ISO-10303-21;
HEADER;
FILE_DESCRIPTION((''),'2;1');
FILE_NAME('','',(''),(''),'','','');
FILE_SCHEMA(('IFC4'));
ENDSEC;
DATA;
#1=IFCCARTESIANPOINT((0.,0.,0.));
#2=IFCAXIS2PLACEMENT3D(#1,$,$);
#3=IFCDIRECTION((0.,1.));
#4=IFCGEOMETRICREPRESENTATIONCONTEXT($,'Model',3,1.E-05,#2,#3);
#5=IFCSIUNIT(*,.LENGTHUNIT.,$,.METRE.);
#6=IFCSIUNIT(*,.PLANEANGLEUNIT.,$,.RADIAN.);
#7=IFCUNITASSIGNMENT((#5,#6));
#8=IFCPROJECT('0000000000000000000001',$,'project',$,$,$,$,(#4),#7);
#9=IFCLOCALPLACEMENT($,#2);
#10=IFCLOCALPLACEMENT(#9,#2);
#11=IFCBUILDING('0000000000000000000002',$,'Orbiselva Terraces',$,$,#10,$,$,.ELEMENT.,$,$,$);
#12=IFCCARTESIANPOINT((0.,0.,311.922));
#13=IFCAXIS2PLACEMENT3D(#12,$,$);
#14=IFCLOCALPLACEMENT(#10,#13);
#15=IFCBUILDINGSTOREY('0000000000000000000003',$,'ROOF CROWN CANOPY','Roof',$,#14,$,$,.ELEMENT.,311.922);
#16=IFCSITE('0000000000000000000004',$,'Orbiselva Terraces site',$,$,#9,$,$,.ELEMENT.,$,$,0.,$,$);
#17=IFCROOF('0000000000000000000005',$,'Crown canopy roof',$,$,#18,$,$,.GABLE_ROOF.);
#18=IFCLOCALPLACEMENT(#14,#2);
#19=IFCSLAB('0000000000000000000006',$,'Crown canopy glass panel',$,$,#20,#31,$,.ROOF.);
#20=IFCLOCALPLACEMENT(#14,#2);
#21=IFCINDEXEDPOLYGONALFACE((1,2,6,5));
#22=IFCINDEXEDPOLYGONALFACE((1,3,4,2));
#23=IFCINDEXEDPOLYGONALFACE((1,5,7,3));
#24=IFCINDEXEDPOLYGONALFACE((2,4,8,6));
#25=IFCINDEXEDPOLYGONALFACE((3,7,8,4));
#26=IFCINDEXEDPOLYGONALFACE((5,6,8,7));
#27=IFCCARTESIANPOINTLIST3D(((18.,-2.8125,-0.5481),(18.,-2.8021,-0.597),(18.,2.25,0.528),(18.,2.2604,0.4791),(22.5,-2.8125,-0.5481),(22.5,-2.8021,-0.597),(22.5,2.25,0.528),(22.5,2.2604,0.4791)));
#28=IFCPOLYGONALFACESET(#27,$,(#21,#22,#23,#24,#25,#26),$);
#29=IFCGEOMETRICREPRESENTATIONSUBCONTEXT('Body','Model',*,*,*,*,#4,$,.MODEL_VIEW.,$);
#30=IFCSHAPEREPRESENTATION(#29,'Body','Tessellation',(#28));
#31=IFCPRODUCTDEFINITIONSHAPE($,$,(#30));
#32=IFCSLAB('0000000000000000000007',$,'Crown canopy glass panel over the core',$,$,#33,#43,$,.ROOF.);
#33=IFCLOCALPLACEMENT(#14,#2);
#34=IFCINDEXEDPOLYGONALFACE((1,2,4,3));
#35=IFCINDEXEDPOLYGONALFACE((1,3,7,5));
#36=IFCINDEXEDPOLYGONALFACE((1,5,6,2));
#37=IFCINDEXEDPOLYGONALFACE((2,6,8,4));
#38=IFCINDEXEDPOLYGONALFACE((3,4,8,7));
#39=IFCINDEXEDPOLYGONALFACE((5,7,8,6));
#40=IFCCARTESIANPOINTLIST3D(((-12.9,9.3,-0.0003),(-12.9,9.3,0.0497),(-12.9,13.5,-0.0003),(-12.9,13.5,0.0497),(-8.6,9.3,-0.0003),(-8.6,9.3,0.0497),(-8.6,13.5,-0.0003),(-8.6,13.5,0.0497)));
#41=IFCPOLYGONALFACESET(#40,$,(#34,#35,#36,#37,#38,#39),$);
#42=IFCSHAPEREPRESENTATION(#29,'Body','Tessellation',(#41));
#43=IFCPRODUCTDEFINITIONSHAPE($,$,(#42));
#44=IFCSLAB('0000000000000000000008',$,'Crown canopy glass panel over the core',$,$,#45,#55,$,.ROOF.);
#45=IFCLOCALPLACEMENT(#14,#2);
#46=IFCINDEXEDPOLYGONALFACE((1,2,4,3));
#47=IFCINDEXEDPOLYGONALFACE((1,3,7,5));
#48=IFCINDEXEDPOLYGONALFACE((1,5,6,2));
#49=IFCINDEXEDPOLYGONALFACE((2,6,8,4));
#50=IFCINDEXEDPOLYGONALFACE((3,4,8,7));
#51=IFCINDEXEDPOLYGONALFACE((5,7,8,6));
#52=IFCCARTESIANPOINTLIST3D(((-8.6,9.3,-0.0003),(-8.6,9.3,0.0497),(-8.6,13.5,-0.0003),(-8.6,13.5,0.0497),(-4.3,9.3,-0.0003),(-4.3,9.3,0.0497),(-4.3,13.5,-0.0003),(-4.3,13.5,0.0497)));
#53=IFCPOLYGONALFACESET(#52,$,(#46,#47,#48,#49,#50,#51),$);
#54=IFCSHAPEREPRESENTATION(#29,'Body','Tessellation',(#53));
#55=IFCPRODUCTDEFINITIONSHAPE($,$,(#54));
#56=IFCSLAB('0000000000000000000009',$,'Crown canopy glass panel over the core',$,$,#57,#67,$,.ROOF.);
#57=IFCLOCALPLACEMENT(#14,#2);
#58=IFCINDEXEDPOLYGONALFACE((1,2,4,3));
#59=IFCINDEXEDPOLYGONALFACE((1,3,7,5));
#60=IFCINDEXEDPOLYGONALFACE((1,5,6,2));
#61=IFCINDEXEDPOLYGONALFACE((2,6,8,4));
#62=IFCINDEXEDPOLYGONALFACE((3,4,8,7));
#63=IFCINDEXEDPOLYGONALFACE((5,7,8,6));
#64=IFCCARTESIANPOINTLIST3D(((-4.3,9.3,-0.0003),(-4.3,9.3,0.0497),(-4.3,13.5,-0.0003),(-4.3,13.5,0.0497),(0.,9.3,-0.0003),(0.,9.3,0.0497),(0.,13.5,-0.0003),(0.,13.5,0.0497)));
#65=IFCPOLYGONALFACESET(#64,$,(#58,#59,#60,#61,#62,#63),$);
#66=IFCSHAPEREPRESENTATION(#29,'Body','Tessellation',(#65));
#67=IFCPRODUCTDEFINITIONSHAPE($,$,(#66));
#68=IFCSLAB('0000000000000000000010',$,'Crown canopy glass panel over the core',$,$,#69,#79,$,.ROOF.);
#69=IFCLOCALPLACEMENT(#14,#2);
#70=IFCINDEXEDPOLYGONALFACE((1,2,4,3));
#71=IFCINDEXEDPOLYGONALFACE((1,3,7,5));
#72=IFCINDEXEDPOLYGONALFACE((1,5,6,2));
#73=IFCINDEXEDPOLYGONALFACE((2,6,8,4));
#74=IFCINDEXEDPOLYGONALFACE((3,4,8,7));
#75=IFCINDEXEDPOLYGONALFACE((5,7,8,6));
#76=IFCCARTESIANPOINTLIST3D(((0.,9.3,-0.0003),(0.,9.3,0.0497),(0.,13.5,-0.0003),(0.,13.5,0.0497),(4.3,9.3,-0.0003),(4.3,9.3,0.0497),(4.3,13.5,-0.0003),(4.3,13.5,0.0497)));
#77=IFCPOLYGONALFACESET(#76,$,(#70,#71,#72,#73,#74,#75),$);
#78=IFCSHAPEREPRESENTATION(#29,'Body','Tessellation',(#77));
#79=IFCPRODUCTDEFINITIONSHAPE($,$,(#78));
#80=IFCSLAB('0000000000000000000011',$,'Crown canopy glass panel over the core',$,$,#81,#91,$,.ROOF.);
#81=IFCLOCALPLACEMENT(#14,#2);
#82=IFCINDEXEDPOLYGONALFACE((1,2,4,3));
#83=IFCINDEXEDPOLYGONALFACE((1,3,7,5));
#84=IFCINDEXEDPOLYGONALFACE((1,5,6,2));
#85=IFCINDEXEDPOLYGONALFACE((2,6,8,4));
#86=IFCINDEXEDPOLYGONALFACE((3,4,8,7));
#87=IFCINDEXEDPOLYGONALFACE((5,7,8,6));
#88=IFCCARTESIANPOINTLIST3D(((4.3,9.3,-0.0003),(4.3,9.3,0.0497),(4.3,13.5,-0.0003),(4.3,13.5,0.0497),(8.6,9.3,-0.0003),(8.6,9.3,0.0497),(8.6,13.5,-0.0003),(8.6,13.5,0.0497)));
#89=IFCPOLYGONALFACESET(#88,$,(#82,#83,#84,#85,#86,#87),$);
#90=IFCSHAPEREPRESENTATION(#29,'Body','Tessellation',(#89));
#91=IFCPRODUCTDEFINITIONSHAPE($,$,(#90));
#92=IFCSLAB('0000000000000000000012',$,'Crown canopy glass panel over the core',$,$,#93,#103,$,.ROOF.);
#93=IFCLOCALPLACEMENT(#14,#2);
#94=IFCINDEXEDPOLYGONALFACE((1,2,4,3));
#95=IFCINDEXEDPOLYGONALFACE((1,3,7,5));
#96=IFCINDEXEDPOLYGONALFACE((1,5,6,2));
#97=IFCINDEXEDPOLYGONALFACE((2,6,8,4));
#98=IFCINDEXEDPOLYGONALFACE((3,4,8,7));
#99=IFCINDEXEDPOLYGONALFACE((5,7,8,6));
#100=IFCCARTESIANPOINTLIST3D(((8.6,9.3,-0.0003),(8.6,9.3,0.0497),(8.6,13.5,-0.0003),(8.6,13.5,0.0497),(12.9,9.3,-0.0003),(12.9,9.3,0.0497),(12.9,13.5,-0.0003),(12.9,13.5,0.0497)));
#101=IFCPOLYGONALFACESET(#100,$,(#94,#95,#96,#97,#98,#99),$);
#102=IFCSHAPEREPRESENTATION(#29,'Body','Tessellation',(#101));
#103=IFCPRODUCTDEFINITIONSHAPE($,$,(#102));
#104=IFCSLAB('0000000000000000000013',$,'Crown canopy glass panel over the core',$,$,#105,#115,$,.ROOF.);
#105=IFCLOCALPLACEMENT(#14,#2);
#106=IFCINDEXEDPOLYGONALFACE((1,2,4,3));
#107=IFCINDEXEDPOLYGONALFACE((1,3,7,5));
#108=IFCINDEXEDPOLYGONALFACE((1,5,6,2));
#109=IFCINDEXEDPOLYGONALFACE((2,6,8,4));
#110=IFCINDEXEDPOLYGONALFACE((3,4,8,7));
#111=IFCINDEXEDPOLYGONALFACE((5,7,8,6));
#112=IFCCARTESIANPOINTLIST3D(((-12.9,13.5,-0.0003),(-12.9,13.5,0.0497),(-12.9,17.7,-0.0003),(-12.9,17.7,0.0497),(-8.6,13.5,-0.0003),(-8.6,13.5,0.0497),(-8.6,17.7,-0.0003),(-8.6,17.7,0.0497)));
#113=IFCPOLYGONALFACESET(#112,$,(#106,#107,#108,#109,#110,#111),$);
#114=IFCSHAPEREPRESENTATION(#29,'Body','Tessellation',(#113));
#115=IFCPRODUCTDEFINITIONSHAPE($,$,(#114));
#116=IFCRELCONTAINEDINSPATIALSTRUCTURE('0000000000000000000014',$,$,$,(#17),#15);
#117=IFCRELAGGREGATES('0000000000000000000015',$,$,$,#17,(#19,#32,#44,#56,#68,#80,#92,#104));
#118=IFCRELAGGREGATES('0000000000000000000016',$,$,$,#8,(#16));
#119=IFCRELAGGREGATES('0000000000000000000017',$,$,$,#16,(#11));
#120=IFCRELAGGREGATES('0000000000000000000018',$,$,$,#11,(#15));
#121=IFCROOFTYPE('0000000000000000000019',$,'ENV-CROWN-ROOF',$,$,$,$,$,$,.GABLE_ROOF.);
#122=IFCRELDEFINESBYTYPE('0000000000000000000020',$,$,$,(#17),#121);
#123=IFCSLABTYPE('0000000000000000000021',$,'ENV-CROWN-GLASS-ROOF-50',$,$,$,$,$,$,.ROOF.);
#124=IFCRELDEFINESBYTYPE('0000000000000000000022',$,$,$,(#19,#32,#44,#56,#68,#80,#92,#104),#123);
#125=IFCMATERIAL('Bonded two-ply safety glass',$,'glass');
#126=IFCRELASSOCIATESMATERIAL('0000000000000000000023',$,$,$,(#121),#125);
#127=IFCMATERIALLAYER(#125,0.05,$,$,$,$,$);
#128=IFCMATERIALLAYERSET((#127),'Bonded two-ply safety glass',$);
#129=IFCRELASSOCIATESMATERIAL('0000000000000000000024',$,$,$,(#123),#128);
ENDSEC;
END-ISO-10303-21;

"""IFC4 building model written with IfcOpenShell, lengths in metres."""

from ifc_helpers import new_model, si_unit, direction, frame, origin, place, context, subcontext, project, spatial, polyline, outline, extrude, material, layer, layer_set, type_object, element, aggregate, save


model = new_model("IFC4")

# Units and contexts
model_context = context("Model", 3, precision=1e-05, world=origin(), true_north=direction((0.0, 1.0)))
body_context = subcontext(model_context, "Body", "Model", "MODEL_VIEW")
ifc_project = project(units=[si_unit("LENGTHUNIT", "METRE"), si_unit("PLANEANGLEUNIT", "RADIAN")], contexts=[model_context])

# Site, building, storey
site_placement = place(None, origin())
site = spatial("IfcSite", under=ifc_project, at=site_placement, Name="Orbiselva Terraces site", CompositionType="ELEMENT", RefElevation=0.0)
building_placement = place(site_placement, origin())
building = spatial("IfcBuilding", under=site, at=building_placement, Name="Orbiselva Terraces", CompositionType="ELEMENT")
storey_placement = place(building_placement, frame((0.0, 0.0, 311.922)))
storey = spatial("IfcBuildingStorey", under=building, at=storey_placement, Name="ROOF CROWN CANOPY", Description="Roof", CompositionType="ELEMENT", Elevation=311.922)

# Roof, slabs
ifc_material = material(Name="Bonded two-ply safety glass", Category="glass")
roof_type = type_object("IfcRoofType", Name="ENV-CROWN-ROOF", PredefinedType="GABLE_ROOF", material=ifc_material)
roof_placement = place(storey_placement, origin())
roof = element("IfcRoof", 1, at=roof_placement, inside=storey, type_object=roof_type, Name="Crown canopy roof", PredefinedType="GABLE_ROOF")
ifc_layer = layer(ifc_material, 0.05)
ifc_layer_set = layer_set([ifc_layer], Name="Bonded two-ply safety glass")
slab_type = type_object("IfcSlabType", Name="ENV-CROWN-GLASS-ROOF-50", PredefinedType="ROOF", material=ifc_layer_set)
slab_1_placement = place(storey_placement, frame((18.0, -2.8125, -0.5481), z_axis=(0.0, -0.207912, 0.978148), x_axis=(1.0, 0.0, 0.0)))
slab_1 = element("IfcSlab", 2, at=slab_1_placement, type_object=slab_type, Name="Crown canopy glass panel", PredefinedType="ROOF", context=body_context, shape_type="SweptSolid", body=[
    extrude(outline(polyline([(0.0, 0.0), (4.5, 0.0), (4.5, 5.1756), (0.0, 5.1756), (0.0, 0.0)])), origin(), (0.0, 0.0, -1.0), 0.05),
])
slab_2_placement = place(storey_placement, frame((0.0, 0.0, -0.0003)))
slab_2 = element("IfcSlab", 3, at=slab_2_placement, type_object=slab_type, Name="Crown canopy glass panel over the core", PredefinedType="ROOF", context=body_context, shape_type="SweptSolid", body=[
    extrude(outline(polyline([(-12.9, 9.3), (-8.6, 9.3), (-8.6, 13.5), (-12.9, 13.5), (-12.9, 9.3)])), origin(), (0.0, 0.0, 1.0), 0.05),
])
slab_3_placement = place(storey_placement, frame((0.0, 0.0, -0.0003)))
slab_3 = element("IfcSlab", 4, at=slab_3_placement, type_object=slab_type, Name="Crown canopy glass panel over the core", PredefinedType="ROOF", context=body_context, shape_type="SweptSolid", body=[
    extrude(outline(polyline([(-8.6, 9.3), (-4.3, 9.3), (-4.3, 13.5), (-8.6, 13.5), (-8.6, 9.3)])), origin(), (0.0, 0.0, 1.0), 0.05),
])
slab_4_placement = place(storey_placement, frame((0.0, 0.0, -0.0003)))
slab_4 = element("IfcSlab", 5, at=slab_4_placement, type_object=slab_type, Name="Crown canopy glass panel over the core", PredefinedType="ROOF", context=body_context, shape_type="SweptSolid", body=[
    extrude(outline(polyline([(-4.3, 9.3), (0.0, 9.3), (0.0, 13.5), (-4.3, 13.5), (-4.3, 9.3)])), origin(), (0.0, 0.0, 1.0), 0.05),
])
slab_5_placement = place(storey_placement, frame((0.0, 0.0, -0.0003)))
slab_5 = element("IfcSlab", 6, at=slab_5_placement, type_object=slab_type, Name="Crown canopy glass panel over the core", PredefinedType="ROOF", context=body_context, shape_type="SweptSolid", body=[
    extrude(outline(polyline([(0.0, 9.3), (4.3, 9.3), (4.3, 13.5), (0.0, 13.5), (0.0, 9.3)])), origin(), (0.0, 0.0, 1.0), 0.05),
])
slab_6_placement = place(storey_placement, frame((0.0, 0.0, -0.0003)))
slab_6 = element("IfcSlab", 7, at=slab_6_placement, type_object=slab_type, Name="Crown canopy glass panel over the core", PredefinedType="ROOF", context=body_context, shape_type="SweptSolid", body=[
    extrude(outline(polyline([(4.3, 9.3), (8.6, 9.3), (8.6, 13.5), (4.3, 13.5), (4.3, 9.3)])), origin(), (0.0, 0.0, 1.0), 0.05),
])
slab_7_placement = place(storey_placement, frame((0.0, 0.0, -0.0003)))
slab_7 = element("IfcSlab", 8, at=slab_7_placement, type_object=slab_type, Name="Crown canopy glass panel over the core", PredefinedType="ROOF", context=body_context, shape_type="SweptSolid", body=[
    extrude(outline(polyline([(8.6, 9.3), (12.9, 9.3), (12.9, 13.5), (8.6, 13.5), (8.6, 9.3)])), origin(), (0.0, 0.0, 1.0), 0.05),
])
slab_8_placement = place(storey_placement, frame((0.0, 0.0, -0.0003)))
slab_8 = element("IfcSlab", 9, at=slab_8_placement, type_object=slab_type, Name="Crown canopy glass panel over the core", PredefinedType="ROOF", context=body_context, shape_type="SweptSolid", body=[
    extrude(outline(polyline([(-12.9, 13.5), (-8.6, 13.5), (-8.6, 17.7), (-12.9, 17.7), (-12.9, 13.5)])), origin(), (0.0, 0.0, 1.0), 0.05),
])
aggregate(roof, [slab_1, slab_2, slab_3, slab_4, slab_5, slab_6, slab_7, slab_8])

save(model, "model.ifc")
